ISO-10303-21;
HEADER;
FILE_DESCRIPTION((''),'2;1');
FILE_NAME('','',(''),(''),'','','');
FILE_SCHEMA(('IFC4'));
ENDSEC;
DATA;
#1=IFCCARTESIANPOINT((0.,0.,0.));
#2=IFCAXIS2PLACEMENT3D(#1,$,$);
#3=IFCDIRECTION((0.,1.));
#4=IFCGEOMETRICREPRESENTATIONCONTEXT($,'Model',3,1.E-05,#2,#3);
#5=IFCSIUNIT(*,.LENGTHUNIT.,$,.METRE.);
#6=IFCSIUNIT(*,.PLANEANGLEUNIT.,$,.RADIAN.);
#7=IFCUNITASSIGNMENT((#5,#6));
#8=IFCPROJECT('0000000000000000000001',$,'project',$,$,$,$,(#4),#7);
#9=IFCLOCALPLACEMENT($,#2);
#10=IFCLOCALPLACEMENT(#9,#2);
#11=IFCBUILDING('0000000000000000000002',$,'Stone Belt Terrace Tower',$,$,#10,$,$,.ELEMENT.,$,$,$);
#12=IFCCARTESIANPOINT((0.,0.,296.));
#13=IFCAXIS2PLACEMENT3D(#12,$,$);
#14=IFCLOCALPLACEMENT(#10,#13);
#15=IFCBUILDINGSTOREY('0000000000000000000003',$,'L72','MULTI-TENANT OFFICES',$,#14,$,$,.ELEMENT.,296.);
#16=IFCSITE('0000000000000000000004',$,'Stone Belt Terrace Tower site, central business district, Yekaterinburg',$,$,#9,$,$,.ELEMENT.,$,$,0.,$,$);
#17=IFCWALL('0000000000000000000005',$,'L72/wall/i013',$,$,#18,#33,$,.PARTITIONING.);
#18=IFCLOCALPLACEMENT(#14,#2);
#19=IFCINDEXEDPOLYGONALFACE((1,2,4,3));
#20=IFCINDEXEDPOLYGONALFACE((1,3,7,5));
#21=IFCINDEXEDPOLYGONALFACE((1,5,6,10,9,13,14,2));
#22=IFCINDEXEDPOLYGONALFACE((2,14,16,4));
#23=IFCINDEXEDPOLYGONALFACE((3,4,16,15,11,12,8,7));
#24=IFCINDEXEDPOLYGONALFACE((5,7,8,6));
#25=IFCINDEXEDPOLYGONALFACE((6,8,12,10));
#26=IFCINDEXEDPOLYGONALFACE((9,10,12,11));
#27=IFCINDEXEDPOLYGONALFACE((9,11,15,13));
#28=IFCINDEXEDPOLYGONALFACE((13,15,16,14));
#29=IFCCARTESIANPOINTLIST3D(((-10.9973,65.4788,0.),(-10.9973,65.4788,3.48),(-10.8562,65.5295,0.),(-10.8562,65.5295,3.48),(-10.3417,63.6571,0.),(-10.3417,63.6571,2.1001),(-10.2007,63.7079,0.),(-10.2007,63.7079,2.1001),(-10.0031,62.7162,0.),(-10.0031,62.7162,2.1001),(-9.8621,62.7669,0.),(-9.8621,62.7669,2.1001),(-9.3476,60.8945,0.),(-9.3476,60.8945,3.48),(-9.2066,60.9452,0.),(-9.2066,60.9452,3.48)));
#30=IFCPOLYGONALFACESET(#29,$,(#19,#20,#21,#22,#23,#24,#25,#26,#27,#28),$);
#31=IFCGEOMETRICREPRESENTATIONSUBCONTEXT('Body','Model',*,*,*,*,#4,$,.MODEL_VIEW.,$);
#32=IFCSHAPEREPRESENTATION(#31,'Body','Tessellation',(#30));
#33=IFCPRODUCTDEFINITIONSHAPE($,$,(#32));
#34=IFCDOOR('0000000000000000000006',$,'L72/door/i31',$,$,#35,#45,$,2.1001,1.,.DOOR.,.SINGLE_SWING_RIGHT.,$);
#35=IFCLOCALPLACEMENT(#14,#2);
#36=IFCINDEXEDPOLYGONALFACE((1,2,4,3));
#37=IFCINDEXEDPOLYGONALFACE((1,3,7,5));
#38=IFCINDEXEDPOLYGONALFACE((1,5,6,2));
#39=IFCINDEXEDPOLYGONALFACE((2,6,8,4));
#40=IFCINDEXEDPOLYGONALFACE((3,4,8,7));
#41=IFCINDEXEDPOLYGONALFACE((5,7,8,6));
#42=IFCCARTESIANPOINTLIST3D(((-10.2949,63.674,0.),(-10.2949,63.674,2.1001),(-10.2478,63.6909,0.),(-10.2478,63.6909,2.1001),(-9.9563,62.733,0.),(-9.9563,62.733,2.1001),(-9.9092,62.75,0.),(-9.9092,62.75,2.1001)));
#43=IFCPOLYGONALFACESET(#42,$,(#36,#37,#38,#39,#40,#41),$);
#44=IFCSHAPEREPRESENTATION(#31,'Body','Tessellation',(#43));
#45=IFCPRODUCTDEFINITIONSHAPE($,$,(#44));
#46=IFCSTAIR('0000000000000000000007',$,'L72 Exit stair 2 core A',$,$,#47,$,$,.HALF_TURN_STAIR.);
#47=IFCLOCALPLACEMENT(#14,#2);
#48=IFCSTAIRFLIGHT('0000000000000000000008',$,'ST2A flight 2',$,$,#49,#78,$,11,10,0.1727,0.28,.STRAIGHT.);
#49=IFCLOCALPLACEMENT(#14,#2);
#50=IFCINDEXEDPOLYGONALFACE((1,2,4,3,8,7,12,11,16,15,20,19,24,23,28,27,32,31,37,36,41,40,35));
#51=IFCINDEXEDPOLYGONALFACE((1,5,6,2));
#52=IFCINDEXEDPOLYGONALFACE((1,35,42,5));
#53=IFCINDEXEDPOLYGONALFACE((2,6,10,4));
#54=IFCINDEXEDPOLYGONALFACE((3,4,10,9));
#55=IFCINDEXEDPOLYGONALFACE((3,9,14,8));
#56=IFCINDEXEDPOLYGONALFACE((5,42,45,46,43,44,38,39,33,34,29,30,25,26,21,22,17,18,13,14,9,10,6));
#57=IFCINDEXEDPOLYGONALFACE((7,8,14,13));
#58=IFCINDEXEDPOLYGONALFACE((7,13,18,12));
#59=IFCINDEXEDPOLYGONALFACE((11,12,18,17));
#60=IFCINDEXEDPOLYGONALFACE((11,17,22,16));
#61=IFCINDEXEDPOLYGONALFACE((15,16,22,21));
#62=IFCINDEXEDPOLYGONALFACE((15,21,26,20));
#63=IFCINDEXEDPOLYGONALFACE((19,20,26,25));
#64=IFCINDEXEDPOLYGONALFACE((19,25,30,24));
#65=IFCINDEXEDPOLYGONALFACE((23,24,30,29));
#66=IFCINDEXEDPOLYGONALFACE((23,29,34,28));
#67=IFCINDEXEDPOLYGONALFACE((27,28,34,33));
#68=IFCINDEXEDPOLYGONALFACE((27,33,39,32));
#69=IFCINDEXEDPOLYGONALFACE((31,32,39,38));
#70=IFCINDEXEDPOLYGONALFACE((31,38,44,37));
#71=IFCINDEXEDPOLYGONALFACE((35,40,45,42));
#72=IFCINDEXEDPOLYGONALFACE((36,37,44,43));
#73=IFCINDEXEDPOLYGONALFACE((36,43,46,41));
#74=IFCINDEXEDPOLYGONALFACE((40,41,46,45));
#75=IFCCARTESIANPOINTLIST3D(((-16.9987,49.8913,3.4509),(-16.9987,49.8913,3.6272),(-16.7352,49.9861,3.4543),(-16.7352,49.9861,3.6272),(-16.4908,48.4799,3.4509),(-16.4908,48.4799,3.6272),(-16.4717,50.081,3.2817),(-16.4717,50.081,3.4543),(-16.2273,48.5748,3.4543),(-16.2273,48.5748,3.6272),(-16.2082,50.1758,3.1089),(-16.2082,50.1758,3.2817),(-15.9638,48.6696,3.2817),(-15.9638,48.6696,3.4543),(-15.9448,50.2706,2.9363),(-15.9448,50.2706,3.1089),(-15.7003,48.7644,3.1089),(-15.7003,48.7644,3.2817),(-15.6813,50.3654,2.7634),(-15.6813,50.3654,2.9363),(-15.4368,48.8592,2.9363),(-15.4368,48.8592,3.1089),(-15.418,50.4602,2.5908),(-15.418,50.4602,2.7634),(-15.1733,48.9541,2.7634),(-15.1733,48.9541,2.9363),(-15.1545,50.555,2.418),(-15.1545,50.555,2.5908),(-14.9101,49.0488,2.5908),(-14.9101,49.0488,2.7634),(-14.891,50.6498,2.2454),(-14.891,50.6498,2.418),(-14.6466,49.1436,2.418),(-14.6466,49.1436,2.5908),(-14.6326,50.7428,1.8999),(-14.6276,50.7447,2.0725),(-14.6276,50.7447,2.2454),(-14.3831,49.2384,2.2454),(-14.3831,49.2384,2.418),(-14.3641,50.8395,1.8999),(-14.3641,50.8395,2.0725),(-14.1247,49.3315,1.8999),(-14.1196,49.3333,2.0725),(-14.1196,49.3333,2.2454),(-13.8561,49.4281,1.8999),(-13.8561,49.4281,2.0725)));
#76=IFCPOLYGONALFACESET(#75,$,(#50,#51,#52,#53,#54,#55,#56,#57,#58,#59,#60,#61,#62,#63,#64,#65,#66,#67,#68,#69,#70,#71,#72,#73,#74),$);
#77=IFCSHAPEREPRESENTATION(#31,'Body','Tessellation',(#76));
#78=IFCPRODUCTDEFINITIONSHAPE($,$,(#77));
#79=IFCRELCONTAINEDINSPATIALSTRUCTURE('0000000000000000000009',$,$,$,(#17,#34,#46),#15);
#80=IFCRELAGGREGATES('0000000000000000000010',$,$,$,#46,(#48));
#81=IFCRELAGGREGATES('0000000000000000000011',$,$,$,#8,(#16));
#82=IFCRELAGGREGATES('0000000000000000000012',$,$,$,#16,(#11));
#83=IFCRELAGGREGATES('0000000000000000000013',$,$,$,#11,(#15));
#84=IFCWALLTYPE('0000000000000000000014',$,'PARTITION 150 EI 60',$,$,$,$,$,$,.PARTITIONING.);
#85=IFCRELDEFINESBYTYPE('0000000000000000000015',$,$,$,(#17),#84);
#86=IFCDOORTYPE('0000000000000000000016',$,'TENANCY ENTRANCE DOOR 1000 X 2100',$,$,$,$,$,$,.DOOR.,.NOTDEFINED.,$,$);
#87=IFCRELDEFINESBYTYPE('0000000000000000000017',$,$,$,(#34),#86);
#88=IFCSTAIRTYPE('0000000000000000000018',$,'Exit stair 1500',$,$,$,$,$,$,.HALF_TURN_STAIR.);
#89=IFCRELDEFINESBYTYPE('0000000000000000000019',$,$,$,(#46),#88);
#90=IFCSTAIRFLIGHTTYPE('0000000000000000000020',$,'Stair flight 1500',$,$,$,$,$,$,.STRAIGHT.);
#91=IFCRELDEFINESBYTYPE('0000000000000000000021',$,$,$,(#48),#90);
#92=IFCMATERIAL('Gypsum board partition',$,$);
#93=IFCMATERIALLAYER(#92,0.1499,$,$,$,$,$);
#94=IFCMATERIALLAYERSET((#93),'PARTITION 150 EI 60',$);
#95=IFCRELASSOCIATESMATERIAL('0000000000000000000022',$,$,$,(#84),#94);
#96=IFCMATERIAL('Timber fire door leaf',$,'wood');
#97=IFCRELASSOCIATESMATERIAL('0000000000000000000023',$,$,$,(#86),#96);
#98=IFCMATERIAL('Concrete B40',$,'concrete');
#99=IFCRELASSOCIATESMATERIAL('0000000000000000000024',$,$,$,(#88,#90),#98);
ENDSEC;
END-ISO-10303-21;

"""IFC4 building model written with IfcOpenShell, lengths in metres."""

from ifc_helpers import new_model, si_unit, direction, frame, frame_2d, origin, place, context, subcontext, project, spatial, polyline, rectangle, outline, extrude, material, layer, layer_set, type_object, element, fill, aggregate, save


model = new_model("IFC4")

# Units and contexts
model_context = context("Model", 3, precision=1e-05, world=origin(), true_north=direction((0.0, 1.0)))
body_context = subcontext(model_context, "Body", "Model", "MODEL_VIEW")
ifc_project = project(units=[si_unit("LENGTHUNIT", "METRE"), si_unit("PLANEANGLEUNIT", "RADIAN")], contexts=[model_context])

# Site, building, storey
site_placement = place(None, origin())
site = spatial("IfcSite", under=ifc_project, at=site_placement, Name="Stone Belt Terrace Tower site, central business district, Yekaterinburg", CompositionType="ELEMENT", RefElevation=0.0)
building_placement = place(site_placement, origin())
building = spatial("IfcBuilding", under=site, at=building_placement, Name="Stone Belt Terrace Tower", CompositionType="ELEMENT")
storey_placement = place(building_placement, frame((0.0, 0.0, 296.0)))
storey = spatial("IfcBuildingStorey", under=building, at=storey_placement, Name="L72", Description="MULTI-TENANT OFFICES", CompositionType="ELEMENT", Elevation=296.0)

# Wall, opening, door
ifc_material_1 = material(Name="Gypsum board partition")
ifc_layer_1 = layer(ifc_material_1, 0.1499)
ifc_layer_set_1 = layer_set([ifc_layer_1], Name="PARTITION 150 EI 60")
wall_type_1 = type_object("IfcWallType", Name="PARTITION 150 EI 60", PredefinedType="PARTITIONING", material=ifc_layer_set_1)
wall_1_placement = place(storey_placement, frame((-10.9268, 65.5042, 0.0), z_axis=(0.0, 0.0, 1.0), x_axis=(0.338599, -0.940931, 0.0)))
wall_1 = element("IfcWall", 1, at=wall_1_placement, inside=storey, type_object=wall_type_1, Name="L72/wall/i013", PredefinedType="PARTITIONING", context=body_context, shape_type="SweptSolid", body=[
    extrude(rectangle(XDim=4.8721, YDim=0.1499, at=frame_2d((2.436, 0.0))), origin(), (0.0, 0.0, 1.0), 3.48),
])
opening_1_placement = place(wall_1_placement, frame((1.936, 0.0, 0.0)))
opening_1 = element("IfcOpeningElement", 2, at=opening_1_placement, cuts=wall_1, PredefinedType="OPENING", context=body_context, shape_type="SweptSolid", body=[
    extrude(rectangle(XDim=1.0, YDim=2.1001, at=frame_2d((0.5, 1.05))), frame((0.0, 0.085, 0.0), z_axis=(0.0, -1.0, 0.0), x_axis=(1.0, 0.0, 0.0)), (0.0, 0.0, 1.0), 0.1699),
])
ifc_material_2 = material(Name="Timber fire door leaf", Category="wood")
door_type_1 = type_object("IfcDoorType", Name="TENANCY ENTRANCE DOOR 1000 X 2100", OperationType="NOTDEFINED", PredefinedType="DOOR", material=ifc_material_2)
door_1_placement = place(opening_1_placement, origin())
door_1 = element("IfcDoor", 3, at=door_1_placement, inside=storey, type_object=door_type_1, Name="L72/door/i31", OperationType="SINGLE_SWING_RIGHT", OverallHeight=2.1001, OverallWidth=1.0, PredefinedType="DOOR", context=body_context, shape_type="SweptSolid", body=[
    extrude(rectangle(XDim=1.0, YDim=2.1001, at=frame_2d((0.5, 1.05))), frame((0.0, 0.0249, 0.0), z_axis=(0.0, -1.0, 0.0), x_axis=(1.0, 0.0, 0.0)), (0.0, 0.0, 1.0), 0.05),
])
fill(opening_1, door_1)

# Stair, stair flight
ifc_material_3 = material(Name="Concrete B40", Category="concrete")
stair_type = type_object("IfcStairType", Name="Exit stair 1500", PredefinedType="HALF_TURN_STAIR", material=ifc_material_3)
stair_placement = place(storey_placement, origin())
stair = element("IfcStair", 4, at=stair_placement, inside=storey, type_object=stair_type, Name="L72 Exit stair 2 core A", PredefinedType="HALF_TURN_STAIR")
stair_flight_type = type_object("IfcStairFlightType", Name="Stair flight 1500", PredefinedType="STRAIGHT", material=ifc_material_3)
stair_flight_placement = place(storey_placement, frame((-14.1101, 50.1338, 1.8999), z_axis=(0.0, 0.0, 1.0), x_axis=(-0.940922, -0.338624, 0.0)))
stair_flight = element("IfcStairFlight", 5, at=stair_flight_placement, type_object=stair_flight_type, Name="ST2A flight 2", NumberOfRisers=11, NumberOfTreads=10, PredefinedType="STRAIGHT", RiserHeight=0.1727, TreadLength=0.28, context=body_context, shape_type="SweptSolid", body=[
    extrude(outline(polyline([(0.0, 0.0), (0.0, 0.1726), (0.28, 0.1726), (0.28, 0.3455), (0.5601, 0.3455), (0.5601, 0.5181), (0.8401, 0.5181), (0.8401, 0.6909), (1.1201, 0.6909), (1.1201, 0.8635), (1.3999, 0.8635), (1.3999, 1.0364), (1.6799, 1.0364), (1.6799, 1.209), (1.96, 1.209), (1.96, 1.3818), (2.24, 1.3818), (2.24, 1.5544), (2.52, 1.5544), (2.52, 1.7273), (2.8, 1.7273), (2.8, 1.8999), (2.8, 1.551), (0.2854, 0.0), (0.0, 0.0)])), frame((0.0, 0.75, 0.0), z_axis=(0.0, -1.0, 0.0), x_axis=(1.0, 0.0, 0.0)), (0.0, 0.0, 1.0), 1.5),
])
aggregate(stair, [stair_flight])

save(model, "model.ifc")
